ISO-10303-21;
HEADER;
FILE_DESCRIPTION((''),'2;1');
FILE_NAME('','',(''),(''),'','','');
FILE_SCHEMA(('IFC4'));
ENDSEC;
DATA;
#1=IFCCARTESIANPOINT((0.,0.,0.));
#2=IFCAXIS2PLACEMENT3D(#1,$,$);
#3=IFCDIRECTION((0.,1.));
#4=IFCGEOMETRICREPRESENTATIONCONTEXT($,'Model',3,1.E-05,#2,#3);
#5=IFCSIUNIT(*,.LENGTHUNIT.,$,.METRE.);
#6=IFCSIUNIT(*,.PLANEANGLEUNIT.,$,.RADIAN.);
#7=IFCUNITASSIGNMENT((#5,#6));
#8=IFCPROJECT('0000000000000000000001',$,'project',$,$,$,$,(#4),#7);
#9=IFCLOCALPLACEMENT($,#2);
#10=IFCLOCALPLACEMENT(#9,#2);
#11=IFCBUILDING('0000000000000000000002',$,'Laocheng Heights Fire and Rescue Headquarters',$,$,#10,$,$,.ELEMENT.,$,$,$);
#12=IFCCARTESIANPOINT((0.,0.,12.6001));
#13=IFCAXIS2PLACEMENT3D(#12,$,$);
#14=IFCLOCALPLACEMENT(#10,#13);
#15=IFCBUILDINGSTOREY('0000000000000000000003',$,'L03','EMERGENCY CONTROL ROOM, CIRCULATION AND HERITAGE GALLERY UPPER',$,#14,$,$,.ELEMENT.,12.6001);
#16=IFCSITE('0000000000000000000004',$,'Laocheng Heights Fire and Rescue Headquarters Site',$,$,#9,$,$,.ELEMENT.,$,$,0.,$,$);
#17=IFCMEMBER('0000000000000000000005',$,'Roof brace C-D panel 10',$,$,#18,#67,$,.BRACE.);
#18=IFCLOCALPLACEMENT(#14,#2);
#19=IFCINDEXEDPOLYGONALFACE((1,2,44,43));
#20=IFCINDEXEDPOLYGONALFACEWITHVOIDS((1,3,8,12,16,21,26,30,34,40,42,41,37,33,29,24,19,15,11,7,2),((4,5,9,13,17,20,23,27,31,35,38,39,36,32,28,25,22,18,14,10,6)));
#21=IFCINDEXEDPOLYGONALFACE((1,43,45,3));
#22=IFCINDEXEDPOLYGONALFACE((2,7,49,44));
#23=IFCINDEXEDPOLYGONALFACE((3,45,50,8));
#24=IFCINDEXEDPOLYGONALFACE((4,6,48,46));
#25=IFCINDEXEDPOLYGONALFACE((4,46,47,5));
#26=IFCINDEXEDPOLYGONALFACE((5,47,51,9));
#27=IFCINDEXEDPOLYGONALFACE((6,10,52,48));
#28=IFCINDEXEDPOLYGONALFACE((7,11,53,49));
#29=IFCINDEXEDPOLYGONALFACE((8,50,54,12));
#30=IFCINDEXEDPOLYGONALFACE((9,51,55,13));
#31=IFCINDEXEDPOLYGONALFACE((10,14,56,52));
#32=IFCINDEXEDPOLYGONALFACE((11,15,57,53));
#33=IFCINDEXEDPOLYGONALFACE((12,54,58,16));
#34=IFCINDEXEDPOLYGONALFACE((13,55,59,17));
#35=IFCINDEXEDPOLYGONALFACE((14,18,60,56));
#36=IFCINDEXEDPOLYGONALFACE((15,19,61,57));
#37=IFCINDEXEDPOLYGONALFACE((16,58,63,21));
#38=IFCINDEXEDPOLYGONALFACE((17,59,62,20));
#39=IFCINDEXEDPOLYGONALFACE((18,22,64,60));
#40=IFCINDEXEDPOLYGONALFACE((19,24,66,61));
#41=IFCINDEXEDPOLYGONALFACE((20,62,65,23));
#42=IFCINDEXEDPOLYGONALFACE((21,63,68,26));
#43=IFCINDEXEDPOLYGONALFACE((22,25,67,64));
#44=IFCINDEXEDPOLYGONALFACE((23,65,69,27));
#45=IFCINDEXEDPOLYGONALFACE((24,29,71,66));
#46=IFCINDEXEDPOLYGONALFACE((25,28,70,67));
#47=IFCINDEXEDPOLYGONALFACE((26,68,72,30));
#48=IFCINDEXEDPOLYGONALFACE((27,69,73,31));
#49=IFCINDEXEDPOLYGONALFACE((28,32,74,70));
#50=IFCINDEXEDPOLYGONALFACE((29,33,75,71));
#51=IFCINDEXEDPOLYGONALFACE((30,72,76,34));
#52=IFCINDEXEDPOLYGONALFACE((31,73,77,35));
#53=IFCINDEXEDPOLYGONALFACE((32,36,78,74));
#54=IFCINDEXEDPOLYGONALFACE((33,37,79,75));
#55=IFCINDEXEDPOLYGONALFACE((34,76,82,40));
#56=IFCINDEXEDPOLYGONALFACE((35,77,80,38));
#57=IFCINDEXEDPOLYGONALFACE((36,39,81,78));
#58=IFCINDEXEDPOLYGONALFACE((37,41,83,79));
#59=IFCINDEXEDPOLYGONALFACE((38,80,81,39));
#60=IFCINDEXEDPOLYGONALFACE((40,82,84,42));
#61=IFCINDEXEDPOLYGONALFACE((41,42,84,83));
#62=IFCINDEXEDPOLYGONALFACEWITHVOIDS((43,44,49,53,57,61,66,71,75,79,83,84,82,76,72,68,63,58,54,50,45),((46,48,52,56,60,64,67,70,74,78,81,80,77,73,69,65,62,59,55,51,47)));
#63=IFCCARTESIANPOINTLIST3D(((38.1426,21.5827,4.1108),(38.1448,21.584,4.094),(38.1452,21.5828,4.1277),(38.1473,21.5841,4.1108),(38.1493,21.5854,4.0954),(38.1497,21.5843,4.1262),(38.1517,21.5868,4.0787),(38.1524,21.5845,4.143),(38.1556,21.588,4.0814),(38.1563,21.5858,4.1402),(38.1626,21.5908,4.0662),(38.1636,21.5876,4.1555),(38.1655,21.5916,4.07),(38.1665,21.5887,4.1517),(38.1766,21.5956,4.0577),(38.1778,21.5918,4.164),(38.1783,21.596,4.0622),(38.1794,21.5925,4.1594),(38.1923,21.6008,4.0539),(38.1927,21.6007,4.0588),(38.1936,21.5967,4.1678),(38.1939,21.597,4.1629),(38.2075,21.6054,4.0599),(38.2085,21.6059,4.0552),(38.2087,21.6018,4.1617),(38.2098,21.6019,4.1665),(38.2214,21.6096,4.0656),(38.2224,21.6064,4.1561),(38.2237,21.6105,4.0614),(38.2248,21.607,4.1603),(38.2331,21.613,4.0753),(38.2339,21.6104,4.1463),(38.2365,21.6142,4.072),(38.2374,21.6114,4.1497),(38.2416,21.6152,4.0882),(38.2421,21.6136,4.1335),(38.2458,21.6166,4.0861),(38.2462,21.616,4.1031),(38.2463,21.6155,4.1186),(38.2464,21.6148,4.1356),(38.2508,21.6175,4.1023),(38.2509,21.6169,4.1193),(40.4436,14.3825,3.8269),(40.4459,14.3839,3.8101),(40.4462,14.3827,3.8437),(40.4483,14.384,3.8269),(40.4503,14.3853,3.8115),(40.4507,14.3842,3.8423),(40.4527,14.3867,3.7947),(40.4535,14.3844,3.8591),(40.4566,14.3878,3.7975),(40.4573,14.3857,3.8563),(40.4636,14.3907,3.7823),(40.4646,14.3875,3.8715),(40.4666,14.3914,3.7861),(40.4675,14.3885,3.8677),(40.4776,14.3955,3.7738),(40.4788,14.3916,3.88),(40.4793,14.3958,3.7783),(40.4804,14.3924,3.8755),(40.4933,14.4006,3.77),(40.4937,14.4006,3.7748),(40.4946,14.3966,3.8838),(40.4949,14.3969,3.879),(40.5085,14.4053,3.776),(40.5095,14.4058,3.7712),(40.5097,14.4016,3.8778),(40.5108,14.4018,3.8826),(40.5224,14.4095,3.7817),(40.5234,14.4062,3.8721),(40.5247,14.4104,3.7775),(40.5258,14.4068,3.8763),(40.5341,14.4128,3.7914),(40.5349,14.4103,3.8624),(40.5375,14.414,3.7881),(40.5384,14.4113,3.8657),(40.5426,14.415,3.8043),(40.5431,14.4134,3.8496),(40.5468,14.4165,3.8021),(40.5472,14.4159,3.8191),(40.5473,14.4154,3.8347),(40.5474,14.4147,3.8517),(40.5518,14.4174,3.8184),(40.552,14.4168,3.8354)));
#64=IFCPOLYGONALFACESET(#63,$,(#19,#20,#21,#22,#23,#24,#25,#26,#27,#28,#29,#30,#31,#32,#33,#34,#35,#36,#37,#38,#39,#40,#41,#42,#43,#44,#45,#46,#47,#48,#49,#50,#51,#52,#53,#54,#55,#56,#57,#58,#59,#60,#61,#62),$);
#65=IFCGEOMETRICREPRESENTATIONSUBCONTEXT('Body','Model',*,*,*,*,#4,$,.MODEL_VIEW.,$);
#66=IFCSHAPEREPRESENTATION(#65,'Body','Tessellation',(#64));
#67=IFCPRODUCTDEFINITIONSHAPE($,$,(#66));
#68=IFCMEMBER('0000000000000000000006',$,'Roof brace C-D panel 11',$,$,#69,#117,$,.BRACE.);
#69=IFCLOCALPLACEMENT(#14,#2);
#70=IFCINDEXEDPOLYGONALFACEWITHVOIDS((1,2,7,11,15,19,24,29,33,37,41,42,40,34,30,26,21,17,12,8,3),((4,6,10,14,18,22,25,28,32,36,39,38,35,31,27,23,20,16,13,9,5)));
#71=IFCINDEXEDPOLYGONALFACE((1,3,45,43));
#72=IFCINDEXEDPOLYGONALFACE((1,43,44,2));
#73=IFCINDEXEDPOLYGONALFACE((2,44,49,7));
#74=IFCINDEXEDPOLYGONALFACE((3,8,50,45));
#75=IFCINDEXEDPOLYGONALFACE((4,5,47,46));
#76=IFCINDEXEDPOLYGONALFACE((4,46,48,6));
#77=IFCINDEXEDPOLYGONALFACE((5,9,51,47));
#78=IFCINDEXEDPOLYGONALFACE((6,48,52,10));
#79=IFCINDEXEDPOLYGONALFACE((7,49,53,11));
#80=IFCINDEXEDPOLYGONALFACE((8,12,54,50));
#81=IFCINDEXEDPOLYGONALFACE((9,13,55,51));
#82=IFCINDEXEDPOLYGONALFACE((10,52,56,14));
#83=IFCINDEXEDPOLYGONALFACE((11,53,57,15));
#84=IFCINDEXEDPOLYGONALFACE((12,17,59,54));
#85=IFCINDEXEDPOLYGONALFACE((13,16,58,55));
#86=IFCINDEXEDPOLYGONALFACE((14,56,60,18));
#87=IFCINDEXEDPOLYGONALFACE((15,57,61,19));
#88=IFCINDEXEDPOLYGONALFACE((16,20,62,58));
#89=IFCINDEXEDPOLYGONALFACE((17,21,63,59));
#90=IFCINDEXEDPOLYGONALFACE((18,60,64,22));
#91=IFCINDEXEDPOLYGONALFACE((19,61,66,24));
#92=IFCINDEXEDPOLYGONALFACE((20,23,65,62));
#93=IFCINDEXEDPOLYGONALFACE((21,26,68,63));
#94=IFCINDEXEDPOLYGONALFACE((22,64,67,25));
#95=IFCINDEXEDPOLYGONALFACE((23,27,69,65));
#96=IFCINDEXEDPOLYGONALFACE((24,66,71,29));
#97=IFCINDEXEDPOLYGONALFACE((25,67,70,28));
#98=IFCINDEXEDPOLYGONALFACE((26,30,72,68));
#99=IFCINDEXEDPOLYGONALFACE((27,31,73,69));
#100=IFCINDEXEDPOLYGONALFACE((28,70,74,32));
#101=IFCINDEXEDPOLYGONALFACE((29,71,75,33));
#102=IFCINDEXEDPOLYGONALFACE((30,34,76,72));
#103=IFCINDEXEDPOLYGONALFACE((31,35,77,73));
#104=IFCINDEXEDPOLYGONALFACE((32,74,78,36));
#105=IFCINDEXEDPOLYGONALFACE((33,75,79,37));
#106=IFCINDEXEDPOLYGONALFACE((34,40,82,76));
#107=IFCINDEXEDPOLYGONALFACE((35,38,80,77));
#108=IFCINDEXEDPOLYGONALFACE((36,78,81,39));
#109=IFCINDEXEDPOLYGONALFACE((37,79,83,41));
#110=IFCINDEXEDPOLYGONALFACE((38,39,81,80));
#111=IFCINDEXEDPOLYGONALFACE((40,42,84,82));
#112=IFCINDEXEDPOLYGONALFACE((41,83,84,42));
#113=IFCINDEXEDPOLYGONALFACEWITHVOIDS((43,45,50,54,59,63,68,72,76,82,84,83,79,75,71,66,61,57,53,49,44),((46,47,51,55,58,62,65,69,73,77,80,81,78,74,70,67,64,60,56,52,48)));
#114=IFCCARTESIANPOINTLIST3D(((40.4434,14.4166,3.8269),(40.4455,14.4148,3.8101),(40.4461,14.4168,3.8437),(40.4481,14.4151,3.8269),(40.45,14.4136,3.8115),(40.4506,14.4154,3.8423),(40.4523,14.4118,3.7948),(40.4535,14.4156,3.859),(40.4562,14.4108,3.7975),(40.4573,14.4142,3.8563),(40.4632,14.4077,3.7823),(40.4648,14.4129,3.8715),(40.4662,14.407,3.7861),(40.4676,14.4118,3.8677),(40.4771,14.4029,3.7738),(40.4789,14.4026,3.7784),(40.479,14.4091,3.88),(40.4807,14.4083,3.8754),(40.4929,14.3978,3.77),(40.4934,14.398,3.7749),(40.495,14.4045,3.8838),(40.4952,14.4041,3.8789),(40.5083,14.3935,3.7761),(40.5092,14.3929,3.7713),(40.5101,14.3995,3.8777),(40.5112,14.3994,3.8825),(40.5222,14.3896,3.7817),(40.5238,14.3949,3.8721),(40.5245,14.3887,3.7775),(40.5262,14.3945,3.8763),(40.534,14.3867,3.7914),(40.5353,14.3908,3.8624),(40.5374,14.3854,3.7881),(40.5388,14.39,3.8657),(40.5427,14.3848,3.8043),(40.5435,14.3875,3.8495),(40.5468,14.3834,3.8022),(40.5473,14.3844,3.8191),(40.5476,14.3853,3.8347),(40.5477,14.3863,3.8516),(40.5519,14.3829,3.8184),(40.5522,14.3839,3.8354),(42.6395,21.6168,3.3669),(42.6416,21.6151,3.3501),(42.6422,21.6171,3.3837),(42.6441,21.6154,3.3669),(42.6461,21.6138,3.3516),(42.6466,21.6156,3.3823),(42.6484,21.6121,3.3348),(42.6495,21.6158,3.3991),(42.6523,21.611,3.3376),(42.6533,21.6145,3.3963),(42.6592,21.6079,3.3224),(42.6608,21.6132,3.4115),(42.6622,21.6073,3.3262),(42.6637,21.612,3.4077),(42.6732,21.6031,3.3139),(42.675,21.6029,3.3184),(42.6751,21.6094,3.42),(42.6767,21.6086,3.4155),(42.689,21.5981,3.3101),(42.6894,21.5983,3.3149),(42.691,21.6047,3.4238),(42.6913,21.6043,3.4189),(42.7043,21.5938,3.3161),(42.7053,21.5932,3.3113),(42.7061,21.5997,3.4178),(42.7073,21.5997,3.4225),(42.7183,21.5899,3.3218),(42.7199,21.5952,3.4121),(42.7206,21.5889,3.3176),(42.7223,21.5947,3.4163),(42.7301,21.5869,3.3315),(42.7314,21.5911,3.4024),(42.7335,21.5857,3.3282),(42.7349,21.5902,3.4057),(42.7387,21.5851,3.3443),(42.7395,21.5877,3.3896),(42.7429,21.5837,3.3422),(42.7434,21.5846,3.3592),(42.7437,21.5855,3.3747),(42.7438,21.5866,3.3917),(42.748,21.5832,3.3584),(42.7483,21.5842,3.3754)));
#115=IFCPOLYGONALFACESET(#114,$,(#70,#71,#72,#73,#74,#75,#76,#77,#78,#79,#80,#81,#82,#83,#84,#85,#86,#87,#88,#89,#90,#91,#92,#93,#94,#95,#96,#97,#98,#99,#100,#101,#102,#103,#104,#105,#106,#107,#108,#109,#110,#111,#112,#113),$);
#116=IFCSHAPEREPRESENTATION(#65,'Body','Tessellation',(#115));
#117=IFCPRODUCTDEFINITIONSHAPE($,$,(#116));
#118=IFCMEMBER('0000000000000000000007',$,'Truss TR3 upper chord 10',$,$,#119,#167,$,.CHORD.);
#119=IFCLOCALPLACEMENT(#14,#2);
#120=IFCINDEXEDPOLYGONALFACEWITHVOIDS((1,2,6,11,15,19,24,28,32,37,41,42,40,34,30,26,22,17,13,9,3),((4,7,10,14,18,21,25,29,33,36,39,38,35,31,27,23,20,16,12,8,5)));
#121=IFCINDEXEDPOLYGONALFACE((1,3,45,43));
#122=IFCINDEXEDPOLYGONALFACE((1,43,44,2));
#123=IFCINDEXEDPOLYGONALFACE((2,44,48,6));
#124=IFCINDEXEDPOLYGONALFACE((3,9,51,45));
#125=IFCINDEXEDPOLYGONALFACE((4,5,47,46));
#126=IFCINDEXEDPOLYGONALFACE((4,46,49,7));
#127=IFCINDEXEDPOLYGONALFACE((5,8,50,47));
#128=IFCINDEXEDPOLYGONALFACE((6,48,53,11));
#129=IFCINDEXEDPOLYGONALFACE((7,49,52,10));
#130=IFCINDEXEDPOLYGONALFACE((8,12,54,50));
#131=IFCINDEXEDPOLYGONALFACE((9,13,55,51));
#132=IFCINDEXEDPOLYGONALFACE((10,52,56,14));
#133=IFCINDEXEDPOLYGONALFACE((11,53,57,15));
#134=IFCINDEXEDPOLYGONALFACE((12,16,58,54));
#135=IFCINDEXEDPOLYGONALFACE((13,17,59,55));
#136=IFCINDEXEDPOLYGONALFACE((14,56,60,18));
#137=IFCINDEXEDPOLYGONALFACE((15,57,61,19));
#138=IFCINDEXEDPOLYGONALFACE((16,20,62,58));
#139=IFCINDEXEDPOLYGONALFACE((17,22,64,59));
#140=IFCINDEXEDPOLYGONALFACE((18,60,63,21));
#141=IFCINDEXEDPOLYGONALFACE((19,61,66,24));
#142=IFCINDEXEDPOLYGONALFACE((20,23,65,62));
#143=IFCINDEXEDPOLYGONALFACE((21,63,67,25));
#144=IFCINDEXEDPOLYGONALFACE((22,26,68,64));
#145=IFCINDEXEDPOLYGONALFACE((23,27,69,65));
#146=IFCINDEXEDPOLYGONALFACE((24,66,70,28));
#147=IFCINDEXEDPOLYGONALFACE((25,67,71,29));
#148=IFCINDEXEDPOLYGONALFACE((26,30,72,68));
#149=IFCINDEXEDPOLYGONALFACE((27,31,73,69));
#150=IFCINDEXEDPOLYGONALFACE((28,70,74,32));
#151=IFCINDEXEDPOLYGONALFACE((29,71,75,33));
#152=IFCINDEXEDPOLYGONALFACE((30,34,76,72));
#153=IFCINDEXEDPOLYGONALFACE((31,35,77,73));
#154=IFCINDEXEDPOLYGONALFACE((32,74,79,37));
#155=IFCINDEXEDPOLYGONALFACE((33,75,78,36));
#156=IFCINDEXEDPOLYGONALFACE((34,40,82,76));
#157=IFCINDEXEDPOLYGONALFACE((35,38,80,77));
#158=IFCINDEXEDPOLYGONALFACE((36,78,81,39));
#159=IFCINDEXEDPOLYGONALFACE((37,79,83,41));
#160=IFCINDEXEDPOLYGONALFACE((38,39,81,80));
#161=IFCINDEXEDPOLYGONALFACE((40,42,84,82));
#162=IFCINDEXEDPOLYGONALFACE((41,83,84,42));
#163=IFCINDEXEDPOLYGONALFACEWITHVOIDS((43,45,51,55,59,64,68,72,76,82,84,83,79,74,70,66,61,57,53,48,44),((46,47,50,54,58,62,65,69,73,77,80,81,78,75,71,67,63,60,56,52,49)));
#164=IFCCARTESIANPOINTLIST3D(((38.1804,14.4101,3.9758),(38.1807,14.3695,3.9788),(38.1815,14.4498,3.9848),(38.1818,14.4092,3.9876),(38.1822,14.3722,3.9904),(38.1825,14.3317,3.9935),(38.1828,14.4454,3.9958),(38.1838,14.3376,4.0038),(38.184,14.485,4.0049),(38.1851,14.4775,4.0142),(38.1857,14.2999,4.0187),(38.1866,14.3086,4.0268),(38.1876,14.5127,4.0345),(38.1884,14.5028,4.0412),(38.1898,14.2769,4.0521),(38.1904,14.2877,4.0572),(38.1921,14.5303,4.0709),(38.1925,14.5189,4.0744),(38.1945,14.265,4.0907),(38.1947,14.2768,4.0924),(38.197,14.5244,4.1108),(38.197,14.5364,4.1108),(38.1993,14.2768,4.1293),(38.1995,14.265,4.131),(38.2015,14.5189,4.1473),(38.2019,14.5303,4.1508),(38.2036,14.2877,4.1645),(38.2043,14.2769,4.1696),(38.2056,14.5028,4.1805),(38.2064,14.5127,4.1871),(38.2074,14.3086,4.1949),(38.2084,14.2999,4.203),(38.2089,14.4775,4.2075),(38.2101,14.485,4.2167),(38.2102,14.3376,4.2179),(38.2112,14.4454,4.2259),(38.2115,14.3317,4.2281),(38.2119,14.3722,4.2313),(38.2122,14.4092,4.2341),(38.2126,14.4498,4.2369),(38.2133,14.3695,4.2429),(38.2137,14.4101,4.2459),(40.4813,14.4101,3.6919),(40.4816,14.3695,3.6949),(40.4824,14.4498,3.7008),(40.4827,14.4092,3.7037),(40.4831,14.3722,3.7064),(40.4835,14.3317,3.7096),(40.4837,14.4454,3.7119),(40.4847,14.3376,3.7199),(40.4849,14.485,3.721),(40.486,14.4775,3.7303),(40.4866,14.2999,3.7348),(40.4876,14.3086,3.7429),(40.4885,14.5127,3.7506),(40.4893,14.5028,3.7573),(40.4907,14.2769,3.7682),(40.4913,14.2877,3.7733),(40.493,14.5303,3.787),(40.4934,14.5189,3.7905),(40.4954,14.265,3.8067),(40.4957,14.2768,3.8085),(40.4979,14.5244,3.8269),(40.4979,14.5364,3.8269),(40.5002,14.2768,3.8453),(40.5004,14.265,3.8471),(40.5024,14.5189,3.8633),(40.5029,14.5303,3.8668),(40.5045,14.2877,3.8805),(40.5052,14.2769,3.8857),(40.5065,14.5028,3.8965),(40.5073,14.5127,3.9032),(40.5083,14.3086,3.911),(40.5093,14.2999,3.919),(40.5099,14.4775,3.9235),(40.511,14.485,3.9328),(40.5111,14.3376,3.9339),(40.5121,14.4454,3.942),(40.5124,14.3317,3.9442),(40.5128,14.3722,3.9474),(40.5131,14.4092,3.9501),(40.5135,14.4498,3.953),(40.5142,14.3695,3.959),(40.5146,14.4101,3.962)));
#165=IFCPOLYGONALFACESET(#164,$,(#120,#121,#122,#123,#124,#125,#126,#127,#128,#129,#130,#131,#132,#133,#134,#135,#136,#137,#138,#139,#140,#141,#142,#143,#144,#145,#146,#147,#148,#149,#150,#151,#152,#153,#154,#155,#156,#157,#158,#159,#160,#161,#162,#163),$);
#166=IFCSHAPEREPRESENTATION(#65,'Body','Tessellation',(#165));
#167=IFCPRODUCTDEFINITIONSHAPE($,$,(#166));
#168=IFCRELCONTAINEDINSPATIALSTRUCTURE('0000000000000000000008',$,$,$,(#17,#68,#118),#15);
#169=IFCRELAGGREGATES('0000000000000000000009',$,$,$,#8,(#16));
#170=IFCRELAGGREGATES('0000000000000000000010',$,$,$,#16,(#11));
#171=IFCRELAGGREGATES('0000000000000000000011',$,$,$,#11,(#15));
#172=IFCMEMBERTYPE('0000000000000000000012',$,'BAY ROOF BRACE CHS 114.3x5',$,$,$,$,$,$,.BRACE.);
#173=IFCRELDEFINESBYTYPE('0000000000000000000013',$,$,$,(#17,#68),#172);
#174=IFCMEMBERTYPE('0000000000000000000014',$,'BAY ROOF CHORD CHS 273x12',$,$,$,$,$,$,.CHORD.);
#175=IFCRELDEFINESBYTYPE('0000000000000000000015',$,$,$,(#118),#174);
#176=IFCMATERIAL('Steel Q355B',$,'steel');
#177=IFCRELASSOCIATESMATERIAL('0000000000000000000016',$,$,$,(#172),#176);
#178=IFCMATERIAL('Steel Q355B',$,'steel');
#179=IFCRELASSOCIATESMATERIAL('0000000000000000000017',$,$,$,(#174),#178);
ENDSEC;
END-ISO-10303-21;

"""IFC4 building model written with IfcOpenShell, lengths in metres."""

from ifc_helpers import new_model, si_unit, direction, frame, origin, origin_2d, place, context, subcontext, project, spatial, hollow_circle, extrude, material, material_profile, profile_set, type_object, element, save


model = new_model("IFC4")

# Units and contexts
model_context = context("Model", 3, precision=1e-05, world=origin(), true_north=direction((0.0, 1.0)))
body_context = subcontext(model_context, "Body", "Model", "MODEL_VIEW")
ifc_project = project(units=[si_unit("LENGTHUNIT", "METRE"), si_unit("PLANEANGLEUNIT", "RADIAN")], contexts=[model_context])

# Site, building, storey
site_placement = place(None, origin())
site = spatial("IfcSite", under=ifc_project, at=site_placement, Name="Laocheng Heights Fire and Rescue Headquarters Site", CompositionType="ELEMENT", RefElevation=0.0)
building_placement = place(site_placement, origin())
building = spatial("IfcBuilding", under=site, at=building_placement, Name="Laocheng Heights Fire and Rescue Headquarters", CompositionType="ELEMENT")
storey_placement = place(building_placement, frame((0.0, 0.0, 12.6001)))
storey = spatial("IfcBuildingStorey", under=building, at=storey_placement, Name="L03", Description="EMERGENCY CONTROL ROOM, CIRCULATION AND HERITAGE GALLERY UPPER", CompositionType="ELEMENT", Elevation=12.6001)

# Members
ifc_material_1 = material(Name="Steel Q355B", Category="steel")
ifc_material_profile_1 = material_profile(ifc_material_1, hollow_circle(Radius=0.0571, WallThickness=0.0049, at=origin_2d()), Name="CHS 114.3x5")
ifc_profile_set_1 = profile_set([ifc_material_profile_1], Name="Steel Q355B")
member_type_1 = type_object("IfcMemberType", Name="BAY ROOF BRACE CHS 114.3x5", PredefinedType="BRACE", material=ifc_profile_set_1)
member_1_placement = place(storey_placement, frame((40.498, 14.3999, 3.8269), z_axis=(-0.304197, 0.951869, 0.037536), x_axis=(-0.952541, -0.304411, 0.0)))
element("IfcMember", 1, at=member_1_placement, inside=storey, type_object=member_type_1, Name="Roof brace C-D panel 10", PredefinedType="BRACE", context=body_context, shape_type="SweptSolid", body=[
    extrude(hollow_circle(Radius=0.0571, WallThickness=0.0049, at=origin_2d()), origin(), (0.0, 0.0, 1.0), 7.5642),
])
member_2_placement = place(storey_placement, frame((40.498, 14.3999, 3.8269), z_axis=(0.291188, 0.95472, -0.060989), x_axis=(-0.9565, 0.291731, 0.0)))
element("IfcMember", 2, at=member_2_placement, inside=storey, type_object=member_type_1, Name="Roof brace C-D panel 11", PredefinedType="BRACE", context=body_context, shape_type="SweptSolid", body=[
    extrude(hollow_circle(Radius=0.0571, WallThickness=0.0049, at=origin_2d()), origin(), (0.0, 0.0, 1.0), 7.5417),
])
ifc_material_2 = material(Name="Steel Q355B", Category="steel")
ifc_material_profile_2 = material_profile(ifc_material_2, hollow_circle(Radius=0.1365, WallThickness=0.012, at=origin_2d()), Name="CHS 273x12")
ifc_profile_set_2 = profile_set([ifc_material_profile_2], Name="Steel Q355B")
member_type_2 = type_object("IfcMemberType", Name="BAY ROOF CHORD CHS 273x12", PredefinedType="CHORD", material=ifc_profile_set_2)
member_3_placement = place(storey_placement, frame((38.197, 14.3999, 4.1108), z_axis=(0.992473, 0.0, -0.122466), x_axis=(0.0, 1.0, 0.0)))
element("IfcMember", 3, at=member_3_placement, inside=storey, type_object=member_type_2, Name="Truss TR3 upper chord 10", PredefinedType="CHORD", context=body_context, shape_type="SweptSolid", body=[
    extrude(hollow_circle(Radius=0.1365, WallThickness=0.012, at=origin_2d()), origin(), (0.0, 0.0, 1.0), 2.3184),
])

save(model, "model.ifc")
